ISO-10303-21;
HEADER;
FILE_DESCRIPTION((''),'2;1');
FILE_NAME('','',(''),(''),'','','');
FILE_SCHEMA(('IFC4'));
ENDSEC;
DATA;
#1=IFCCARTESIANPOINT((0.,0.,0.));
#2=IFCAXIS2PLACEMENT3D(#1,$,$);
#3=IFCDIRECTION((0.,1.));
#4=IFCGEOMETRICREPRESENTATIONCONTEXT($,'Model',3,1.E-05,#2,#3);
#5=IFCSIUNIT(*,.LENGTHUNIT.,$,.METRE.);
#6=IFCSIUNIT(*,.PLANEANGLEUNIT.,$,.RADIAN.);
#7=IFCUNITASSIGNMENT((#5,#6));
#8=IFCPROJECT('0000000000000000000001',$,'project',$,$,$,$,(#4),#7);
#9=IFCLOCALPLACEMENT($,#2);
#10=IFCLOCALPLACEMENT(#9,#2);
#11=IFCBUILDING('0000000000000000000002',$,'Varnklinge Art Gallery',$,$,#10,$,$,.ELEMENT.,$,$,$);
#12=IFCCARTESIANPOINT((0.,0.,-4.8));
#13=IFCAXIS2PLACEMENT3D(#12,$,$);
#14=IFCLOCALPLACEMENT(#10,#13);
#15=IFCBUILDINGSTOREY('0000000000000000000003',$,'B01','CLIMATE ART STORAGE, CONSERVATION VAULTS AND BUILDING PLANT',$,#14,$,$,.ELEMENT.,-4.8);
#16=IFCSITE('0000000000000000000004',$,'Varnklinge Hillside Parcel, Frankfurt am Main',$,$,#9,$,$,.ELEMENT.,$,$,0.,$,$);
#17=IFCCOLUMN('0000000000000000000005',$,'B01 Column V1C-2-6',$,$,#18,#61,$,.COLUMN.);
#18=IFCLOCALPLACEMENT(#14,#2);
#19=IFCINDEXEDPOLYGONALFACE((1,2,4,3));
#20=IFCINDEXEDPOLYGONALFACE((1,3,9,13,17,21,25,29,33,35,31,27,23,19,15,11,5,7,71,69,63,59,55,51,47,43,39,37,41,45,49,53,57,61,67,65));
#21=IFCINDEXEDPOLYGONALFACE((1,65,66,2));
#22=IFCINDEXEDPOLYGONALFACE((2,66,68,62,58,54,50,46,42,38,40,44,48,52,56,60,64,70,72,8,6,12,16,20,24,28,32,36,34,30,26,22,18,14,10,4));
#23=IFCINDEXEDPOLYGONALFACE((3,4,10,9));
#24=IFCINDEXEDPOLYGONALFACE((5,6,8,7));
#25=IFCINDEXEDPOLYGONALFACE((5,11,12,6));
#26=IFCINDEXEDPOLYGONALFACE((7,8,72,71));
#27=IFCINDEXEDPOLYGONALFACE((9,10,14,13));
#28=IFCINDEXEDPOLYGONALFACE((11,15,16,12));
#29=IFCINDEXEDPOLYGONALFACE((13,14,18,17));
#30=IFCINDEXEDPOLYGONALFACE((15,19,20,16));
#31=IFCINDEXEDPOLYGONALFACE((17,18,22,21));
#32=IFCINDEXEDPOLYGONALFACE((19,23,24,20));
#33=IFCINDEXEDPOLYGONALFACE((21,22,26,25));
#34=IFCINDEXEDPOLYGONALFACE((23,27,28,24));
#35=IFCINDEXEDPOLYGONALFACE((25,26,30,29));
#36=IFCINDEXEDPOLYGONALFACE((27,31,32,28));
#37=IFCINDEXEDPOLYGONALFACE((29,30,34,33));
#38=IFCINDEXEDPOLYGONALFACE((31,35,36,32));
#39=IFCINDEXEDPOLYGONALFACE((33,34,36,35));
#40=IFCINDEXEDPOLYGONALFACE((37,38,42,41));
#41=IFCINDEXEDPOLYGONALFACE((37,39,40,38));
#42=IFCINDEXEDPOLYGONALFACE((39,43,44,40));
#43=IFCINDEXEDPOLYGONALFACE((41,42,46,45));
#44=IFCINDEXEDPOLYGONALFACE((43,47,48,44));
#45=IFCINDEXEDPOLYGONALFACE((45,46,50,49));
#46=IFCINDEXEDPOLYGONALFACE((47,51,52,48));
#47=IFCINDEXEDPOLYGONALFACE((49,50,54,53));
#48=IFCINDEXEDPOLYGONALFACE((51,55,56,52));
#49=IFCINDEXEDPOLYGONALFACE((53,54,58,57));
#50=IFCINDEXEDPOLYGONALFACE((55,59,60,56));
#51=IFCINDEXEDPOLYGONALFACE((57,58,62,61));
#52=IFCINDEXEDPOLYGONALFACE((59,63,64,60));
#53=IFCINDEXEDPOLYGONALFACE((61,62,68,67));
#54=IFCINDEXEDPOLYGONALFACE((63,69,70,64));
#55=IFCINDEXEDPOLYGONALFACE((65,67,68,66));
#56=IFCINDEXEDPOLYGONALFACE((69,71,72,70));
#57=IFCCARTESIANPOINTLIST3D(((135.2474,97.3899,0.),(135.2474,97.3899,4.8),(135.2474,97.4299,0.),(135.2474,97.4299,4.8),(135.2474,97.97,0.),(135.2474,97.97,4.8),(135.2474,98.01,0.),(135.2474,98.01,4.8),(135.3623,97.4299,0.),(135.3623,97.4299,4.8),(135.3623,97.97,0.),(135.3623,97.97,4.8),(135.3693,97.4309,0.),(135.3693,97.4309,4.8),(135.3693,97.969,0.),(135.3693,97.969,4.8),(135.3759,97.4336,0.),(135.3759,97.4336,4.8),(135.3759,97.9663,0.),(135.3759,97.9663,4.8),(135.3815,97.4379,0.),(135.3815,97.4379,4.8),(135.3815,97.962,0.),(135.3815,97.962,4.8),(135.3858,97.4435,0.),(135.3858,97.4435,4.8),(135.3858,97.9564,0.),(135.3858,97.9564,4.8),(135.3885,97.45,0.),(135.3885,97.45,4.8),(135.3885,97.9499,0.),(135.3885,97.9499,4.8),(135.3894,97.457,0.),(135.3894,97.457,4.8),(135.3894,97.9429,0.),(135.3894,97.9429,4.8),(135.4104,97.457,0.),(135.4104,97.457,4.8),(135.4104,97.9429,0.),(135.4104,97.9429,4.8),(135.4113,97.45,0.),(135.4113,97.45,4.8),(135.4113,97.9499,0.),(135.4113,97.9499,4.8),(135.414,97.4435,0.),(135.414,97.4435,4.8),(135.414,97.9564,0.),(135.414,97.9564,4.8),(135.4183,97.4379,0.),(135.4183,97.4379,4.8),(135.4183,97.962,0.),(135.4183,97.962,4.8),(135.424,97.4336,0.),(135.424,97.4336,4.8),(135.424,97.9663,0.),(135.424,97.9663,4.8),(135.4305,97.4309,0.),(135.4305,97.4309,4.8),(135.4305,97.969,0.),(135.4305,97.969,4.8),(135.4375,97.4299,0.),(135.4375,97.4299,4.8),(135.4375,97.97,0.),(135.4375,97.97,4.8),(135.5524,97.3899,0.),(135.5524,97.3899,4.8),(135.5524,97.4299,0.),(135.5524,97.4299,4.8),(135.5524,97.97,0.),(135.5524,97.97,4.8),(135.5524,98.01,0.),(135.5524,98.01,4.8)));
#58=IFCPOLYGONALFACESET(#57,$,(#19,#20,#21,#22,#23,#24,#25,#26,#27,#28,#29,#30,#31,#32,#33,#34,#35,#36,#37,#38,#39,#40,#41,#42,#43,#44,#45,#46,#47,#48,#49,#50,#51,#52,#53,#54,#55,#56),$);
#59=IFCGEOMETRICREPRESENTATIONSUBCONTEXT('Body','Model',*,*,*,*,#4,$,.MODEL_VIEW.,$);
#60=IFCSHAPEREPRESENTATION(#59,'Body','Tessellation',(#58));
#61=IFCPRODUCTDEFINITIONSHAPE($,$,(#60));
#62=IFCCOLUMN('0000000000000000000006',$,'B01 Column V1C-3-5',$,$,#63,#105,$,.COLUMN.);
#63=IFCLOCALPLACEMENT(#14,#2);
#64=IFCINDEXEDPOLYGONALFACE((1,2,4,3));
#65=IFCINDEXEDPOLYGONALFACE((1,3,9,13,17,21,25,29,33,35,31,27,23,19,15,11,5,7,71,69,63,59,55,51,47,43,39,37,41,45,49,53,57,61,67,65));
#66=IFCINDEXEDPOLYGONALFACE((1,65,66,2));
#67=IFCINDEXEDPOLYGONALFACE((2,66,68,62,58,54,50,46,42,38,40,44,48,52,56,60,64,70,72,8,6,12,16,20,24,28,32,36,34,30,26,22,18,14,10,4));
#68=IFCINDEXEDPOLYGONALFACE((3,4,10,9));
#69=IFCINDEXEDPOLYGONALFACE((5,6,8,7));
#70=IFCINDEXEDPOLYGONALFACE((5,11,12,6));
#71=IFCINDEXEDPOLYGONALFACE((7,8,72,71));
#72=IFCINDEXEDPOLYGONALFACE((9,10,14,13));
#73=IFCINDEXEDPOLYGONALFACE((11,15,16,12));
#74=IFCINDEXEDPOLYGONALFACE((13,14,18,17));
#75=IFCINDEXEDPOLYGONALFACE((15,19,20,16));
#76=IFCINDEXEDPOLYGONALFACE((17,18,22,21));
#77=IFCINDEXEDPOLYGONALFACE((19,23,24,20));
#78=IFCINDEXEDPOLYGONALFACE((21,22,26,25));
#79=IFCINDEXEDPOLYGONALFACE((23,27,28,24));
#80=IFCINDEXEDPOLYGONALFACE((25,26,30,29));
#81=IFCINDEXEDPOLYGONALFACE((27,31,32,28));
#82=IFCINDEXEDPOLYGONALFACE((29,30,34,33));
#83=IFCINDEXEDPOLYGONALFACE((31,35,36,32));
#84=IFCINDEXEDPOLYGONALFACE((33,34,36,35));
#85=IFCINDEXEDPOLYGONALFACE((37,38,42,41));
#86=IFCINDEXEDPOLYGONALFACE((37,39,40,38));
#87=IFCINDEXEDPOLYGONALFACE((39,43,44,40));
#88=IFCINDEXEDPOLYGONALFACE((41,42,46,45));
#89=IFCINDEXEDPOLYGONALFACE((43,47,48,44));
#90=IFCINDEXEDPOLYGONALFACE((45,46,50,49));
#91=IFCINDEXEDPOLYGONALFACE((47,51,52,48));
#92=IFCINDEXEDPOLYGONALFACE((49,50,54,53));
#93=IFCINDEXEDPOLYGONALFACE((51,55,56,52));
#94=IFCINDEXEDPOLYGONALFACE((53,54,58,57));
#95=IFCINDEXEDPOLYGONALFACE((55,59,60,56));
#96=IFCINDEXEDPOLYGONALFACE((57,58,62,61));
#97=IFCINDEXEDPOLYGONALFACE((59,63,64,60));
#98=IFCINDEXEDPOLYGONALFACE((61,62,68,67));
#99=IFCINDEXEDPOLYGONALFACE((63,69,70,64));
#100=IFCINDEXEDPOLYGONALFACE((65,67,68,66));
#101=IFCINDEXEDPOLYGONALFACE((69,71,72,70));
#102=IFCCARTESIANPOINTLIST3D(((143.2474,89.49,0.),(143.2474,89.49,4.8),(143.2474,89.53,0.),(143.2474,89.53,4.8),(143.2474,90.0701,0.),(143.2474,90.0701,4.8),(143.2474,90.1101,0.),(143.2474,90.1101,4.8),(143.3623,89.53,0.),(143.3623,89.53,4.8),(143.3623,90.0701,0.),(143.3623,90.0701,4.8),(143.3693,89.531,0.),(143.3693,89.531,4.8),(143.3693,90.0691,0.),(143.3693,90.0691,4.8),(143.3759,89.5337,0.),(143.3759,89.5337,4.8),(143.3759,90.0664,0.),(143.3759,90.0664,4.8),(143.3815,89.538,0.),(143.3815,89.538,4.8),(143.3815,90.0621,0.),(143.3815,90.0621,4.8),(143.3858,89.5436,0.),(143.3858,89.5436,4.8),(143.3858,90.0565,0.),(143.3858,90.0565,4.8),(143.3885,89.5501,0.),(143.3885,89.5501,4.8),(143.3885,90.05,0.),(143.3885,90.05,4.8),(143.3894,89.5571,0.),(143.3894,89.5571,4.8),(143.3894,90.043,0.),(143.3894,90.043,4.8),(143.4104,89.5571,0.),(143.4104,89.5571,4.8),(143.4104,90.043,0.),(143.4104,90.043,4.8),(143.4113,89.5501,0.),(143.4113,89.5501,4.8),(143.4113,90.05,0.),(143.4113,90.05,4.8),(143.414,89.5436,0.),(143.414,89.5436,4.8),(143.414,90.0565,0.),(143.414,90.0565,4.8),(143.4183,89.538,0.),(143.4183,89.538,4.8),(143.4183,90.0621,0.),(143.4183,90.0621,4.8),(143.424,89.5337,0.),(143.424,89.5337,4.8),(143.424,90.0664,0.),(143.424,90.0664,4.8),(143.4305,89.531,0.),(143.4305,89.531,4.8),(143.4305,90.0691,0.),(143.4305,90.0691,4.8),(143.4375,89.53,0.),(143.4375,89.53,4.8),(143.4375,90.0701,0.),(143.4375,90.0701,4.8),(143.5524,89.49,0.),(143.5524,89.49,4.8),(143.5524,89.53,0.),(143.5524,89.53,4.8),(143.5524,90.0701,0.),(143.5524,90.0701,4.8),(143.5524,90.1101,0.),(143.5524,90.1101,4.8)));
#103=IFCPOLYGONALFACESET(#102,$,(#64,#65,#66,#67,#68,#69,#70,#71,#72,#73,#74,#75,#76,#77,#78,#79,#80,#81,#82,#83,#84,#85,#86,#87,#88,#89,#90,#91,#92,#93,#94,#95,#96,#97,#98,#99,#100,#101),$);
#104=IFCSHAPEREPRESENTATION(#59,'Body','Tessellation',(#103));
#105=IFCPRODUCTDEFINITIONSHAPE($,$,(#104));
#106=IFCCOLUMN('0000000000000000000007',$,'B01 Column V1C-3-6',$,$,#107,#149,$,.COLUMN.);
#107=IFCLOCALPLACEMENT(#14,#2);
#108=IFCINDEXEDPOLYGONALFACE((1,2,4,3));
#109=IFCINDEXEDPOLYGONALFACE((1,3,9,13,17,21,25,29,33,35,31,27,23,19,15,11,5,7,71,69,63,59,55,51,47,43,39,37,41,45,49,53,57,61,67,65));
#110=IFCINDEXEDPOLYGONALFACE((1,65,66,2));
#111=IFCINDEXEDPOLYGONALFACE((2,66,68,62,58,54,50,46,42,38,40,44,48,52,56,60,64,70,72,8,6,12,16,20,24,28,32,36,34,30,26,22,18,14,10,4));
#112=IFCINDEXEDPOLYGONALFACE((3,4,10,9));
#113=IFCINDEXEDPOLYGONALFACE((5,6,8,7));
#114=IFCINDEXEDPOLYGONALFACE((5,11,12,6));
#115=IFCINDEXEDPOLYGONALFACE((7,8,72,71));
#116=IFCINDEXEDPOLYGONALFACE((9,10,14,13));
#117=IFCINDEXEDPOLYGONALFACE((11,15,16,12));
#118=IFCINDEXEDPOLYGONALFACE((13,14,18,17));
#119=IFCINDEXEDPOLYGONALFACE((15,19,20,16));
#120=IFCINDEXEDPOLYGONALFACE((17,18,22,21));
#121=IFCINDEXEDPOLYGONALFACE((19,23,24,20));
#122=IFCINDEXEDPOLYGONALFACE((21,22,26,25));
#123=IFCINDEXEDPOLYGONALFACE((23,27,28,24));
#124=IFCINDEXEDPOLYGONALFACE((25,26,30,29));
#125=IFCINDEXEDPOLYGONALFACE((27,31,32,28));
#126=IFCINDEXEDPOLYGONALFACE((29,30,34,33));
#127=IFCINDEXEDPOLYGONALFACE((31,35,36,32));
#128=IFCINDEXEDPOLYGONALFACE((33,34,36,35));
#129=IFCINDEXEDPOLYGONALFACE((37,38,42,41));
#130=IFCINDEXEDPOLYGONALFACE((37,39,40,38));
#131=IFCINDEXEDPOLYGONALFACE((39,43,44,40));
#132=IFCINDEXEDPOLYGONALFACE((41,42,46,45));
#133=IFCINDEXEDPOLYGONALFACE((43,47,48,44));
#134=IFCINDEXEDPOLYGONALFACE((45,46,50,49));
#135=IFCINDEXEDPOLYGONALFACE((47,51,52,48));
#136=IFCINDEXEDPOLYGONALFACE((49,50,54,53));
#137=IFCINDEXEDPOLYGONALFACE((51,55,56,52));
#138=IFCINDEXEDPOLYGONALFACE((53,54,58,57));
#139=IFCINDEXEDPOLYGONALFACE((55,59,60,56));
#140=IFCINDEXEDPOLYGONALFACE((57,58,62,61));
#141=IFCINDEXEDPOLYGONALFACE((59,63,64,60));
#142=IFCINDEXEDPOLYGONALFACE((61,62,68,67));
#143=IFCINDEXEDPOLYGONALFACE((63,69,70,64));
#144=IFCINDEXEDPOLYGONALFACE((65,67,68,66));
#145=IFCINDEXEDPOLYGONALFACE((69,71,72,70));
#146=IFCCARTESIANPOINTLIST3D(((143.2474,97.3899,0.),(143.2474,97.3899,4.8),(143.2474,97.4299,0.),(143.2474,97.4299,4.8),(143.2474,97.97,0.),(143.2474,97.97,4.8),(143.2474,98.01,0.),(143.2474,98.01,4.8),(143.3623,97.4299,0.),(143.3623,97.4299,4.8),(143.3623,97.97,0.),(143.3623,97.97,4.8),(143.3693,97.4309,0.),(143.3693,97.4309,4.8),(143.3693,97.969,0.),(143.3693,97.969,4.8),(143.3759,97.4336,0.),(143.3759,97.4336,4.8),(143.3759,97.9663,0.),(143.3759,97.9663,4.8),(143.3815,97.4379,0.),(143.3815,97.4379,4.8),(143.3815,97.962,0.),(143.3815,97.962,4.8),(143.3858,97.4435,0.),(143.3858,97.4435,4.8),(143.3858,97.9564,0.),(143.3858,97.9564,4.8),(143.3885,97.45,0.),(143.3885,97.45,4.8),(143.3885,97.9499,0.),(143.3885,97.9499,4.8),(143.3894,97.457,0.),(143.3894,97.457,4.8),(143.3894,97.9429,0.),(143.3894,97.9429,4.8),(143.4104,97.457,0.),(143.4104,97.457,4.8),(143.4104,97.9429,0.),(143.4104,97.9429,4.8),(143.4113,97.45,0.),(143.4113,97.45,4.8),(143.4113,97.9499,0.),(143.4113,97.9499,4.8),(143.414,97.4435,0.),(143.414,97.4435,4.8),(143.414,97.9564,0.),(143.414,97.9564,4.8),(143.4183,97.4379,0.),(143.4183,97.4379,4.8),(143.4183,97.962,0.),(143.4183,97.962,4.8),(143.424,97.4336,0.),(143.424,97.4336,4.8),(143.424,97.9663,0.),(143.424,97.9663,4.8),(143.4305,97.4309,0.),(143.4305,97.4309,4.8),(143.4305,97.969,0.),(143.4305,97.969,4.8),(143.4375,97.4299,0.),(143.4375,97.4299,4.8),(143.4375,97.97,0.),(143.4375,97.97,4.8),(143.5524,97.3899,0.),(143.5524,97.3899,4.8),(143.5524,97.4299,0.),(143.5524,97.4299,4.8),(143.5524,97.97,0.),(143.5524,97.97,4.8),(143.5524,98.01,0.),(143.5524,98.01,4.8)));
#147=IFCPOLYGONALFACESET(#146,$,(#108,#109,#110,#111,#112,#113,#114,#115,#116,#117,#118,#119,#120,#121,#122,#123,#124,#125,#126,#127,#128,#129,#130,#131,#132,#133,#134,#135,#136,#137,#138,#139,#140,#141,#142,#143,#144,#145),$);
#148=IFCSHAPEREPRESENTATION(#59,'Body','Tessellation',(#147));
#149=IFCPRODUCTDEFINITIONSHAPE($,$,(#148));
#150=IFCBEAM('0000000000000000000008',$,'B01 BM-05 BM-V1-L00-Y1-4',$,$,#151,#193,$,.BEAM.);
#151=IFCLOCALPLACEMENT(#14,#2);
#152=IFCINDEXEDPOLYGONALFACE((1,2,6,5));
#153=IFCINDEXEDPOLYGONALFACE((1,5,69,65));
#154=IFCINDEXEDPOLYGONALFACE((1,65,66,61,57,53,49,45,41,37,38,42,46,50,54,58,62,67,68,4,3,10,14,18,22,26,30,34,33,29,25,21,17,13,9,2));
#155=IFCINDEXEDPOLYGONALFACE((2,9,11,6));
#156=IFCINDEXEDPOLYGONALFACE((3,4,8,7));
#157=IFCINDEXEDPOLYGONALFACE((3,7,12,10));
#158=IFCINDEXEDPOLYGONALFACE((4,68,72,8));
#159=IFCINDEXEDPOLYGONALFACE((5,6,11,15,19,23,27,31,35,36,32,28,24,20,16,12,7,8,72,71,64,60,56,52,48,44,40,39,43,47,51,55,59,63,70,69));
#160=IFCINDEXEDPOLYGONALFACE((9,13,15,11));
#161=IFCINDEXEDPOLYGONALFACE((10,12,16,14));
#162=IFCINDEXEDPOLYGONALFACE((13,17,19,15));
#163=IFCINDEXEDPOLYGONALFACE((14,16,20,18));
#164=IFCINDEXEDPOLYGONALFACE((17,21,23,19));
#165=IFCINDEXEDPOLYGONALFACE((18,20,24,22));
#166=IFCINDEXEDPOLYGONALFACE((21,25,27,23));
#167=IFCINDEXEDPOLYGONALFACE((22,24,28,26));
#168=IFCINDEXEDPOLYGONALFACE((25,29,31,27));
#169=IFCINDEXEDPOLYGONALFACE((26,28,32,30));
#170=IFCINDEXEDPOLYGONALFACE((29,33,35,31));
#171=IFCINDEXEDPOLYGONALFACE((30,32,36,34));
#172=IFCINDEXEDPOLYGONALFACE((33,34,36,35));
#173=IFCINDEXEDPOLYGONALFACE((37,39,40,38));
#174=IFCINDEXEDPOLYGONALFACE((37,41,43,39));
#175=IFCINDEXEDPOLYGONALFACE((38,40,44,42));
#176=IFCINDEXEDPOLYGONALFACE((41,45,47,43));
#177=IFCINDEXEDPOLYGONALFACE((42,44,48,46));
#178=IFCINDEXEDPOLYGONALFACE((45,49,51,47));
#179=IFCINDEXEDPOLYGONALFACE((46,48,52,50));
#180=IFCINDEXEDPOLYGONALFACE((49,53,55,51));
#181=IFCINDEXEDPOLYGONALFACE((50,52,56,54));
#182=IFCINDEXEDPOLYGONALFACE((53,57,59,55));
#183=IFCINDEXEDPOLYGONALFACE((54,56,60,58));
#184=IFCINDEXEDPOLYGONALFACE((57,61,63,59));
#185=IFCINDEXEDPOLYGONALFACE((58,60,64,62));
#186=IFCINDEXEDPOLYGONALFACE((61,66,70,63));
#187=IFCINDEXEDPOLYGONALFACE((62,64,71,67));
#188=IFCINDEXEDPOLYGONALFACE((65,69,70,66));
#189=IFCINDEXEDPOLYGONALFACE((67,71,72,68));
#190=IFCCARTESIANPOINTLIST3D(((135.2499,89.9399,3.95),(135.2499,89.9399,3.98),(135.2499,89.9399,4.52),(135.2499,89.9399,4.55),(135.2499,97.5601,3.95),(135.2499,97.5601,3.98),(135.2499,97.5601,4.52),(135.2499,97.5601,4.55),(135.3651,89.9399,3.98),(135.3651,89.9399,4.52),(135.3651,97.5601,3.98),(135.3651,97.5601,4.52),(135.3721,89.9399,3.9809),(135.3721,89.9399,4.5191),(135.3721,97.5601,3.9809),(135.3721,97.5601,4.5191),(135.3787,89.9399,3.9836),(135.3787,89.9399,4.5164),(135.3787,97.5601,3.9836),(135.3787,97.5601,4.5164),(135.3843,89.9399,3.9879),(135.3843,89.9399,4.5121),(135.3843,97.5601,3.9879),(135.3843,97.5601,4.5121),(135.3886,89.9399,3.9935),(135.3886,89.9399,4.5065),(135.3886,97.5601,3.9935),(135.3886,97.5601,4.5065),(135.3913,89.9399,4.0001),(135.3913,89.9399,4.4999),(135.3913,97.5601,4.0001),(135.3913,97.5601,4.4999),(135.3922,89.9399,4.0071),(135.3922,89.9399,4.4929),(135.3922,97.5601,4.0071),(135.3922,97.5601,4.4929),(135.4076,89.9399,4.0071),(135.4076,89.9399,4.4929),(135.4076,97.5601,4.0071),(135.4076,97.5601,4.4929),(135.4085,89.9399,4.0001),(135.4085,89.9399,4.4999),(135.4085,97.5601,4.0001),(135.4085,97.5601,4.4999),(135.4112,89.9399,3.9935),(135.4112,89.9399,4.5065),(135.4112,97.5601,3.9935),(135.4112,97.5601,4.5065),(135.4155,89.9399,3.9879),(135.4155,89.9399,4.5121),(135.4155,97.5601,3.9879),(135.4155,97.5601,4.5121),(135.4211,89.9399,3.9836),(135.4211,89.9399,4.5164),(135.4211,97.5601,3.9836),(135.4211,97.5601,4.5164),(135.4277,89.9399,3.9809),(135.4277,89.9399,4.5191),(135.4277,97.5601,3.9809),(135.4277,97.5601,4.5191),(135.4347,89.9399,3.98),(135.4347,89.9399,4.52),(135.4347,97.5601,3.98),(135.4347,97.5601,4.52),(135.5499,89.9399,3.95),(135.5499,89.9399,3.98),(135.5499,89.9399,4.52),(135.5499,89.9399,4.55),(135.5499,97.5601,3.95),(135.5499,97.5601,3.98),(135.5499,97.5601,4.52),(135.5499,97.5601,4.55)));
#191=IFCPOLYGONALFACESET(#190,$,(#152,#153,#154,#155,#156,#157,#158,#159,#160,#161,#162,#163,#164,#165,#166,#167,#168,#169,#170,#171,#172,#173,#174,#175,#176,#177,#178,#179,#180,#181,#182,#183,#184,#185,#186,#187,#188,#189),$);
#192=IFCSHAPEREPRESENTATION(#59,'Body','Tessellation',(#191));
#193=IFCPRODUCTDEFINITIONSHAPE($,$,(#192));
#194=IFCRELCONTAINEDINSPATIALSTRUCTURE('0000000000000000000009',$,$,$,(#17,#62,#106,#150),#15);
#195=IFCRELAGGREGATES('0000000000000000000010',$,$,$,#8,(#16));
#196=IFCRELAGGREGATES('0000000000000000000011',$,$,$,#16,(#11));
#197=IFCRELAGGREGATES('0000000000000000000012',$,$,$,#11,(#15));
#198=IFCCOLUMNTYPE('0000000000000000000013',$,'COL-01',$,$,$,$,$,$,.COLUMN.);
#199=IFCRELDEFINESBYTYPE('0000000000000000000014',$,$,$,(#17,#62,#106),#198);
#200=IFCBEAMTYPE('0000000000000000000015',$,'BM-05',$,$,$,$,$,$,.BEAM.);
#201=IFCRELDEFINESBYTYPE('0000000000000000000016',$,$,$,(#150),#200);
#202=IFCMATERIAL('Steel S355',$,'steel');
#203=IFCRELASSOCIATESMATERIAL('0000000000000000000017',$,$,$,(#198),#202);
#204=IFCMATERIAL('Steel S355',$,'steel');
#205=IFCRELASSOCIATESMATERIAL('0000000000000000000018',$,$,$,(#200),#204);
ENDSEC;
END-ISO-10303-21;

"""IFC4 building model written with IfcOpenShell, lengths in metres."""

from ifc_helpers import new_model, si_unit, direction, frame, origin, origin_2d, place, context, subcontext, project, spatial, i_section, extrude, material, material_profile, profile_set, type_object, element, save


model = new_model("IFC4")

# Units and contexts
model_context = context("Model", 3, precision=1e-05, world=origin(), true_north=direction((0.0, 1.0)))
body_context = subcontext(model_context, "Body", "Model", "MODEL_VIEW")
ifc_project = project(units=[si_unit("LENGTHUNIT", "METRE"), si_unit("PLANEANGLEUNIT", "RADIAN")], contexts=[model_context])

# Site, building, storey
site_placement = place(None, origin())
site = spatial("IfcSite", under=ifc_project, at=site_placement, Name="Varnklinge Hillside Parcel, Frankfurt am Main", CompositionType="ELEMENT", RefElevation=0.0)
building_placement = place(site_placement, origin())
building = spatial("IfcBuilding", under=site, at=building_placement, Name="Varnklinge Art Gallery", CompositionType="ELEMENT")
storey_placement = place(building_placement, frame((0.0, 0.0, -4.8)))
storey = spatial("IfcBuildingStorey", under=building, at=storey_placement, Name="B01", Description="CLIMATE ART STORAGE, CONSERVATION VAULTS AND BUILDING PLANT", CompositionType="ELEMENT", Elevation=-4.8)

# Columns
ifc_material_1 = material(Name="Steel S355", Category="steel")
ifc_material_profile_1 = material_profile(ifc_material_1, i_section(OverallWidth=0.3049, OverallDepth=0.6201, WebThickness=0.021, FlangeThickness=0.04, FilletRadius=0.0271, at=origin_2d()), Name="HEM 600")
ifc_profile_set_1 = profile_set([ifc_material_profile_1], Name="Steel S355")
column_type = type_object("IfcColumnType", Name="COL-01", PredefinedType="COLUMN", material=ifc_profile_set_1)
for number, where, z_axis, x_axis, name in (
    (1, (135.3999, 97.7, 0.0), (0.0, 0.0, 1.0), (1.0, 0.0, 0.0), "B01 Column V1C-2-6"),
    (2, (143.3999, 89.8, 0.0), (0.0, 0.0, 1.0), (1.0, 0.0, 0.0), "B01 Column V1C-3-5"),
    (3, (143.3999, 97.7, 0.0), (0.0, 0.0, 1.0), (1.0, 0.0, 0.0), "B01 Column V1C-3-6"),
):
    element("IfcColumn", number, at=place(storey_placement, frame(where, z_axis=z_axis, x_axis=x_axis)), inside=storey, type_object=column_type, Name=name, PredefinedType="COLUMN", context=body_context, shape_type="SweptSolid", body=[
        extrude(i_section(OverallWidth=0.3049, OverallDepth=0.6201, WebThickness=0.021, FlangeThickness=0.04, FilletRadius=0.0271, at=origin_2d()), origin(), (0.0, 0.0, 1.0), 4.8),
    ])

# Beam
ifc_material_2 = material(Name="Steel S355", Category="steel")
ifc_material_profile_2 = material_profile(ifc_material_2, i_section(OverallWidth=0.3, OverallDepth=0.6001, WebThickness=0.0154, FlangeThickness=0.03, FilletRadius=0.0271, at=origin_2d()), Name="HEB 600")
ifc_profile_set_2 = profile_set([ifc_material_profile_2], Name="Steel S355")
beam_type_1 = type_object("IfcBeamType", Name="BM-05", PredefinedType="BEAM", material=ifc_profile_set_2)
beam_1_placement = place(storey_placement, frame((135.3999, 89.9399, 4.25), z_axis=(0.0, 1.0, 0.0), x_axis=(-1.0, 0.0, 0.0)))
element("IfcBeam", 4, at=beam_1_placement, inside=storey, type_object=beam_type_1, Name="B01 BM-05 BM-V1-L00-Y1-4", PredefinedType="BEAM", context=body_context, shape_type="SweptSolid", body=[
    extrude(i_section(OverallWidth=0.3, OverallDepth=0.6001, WebThickness=0.0154, FlangeThickness=0.03, FilletRadius=0.0271, at=origin_2d()), origin(), (0.0, 0.0, 1.0), 7.6201),
])

save(model, "model.ifc")
